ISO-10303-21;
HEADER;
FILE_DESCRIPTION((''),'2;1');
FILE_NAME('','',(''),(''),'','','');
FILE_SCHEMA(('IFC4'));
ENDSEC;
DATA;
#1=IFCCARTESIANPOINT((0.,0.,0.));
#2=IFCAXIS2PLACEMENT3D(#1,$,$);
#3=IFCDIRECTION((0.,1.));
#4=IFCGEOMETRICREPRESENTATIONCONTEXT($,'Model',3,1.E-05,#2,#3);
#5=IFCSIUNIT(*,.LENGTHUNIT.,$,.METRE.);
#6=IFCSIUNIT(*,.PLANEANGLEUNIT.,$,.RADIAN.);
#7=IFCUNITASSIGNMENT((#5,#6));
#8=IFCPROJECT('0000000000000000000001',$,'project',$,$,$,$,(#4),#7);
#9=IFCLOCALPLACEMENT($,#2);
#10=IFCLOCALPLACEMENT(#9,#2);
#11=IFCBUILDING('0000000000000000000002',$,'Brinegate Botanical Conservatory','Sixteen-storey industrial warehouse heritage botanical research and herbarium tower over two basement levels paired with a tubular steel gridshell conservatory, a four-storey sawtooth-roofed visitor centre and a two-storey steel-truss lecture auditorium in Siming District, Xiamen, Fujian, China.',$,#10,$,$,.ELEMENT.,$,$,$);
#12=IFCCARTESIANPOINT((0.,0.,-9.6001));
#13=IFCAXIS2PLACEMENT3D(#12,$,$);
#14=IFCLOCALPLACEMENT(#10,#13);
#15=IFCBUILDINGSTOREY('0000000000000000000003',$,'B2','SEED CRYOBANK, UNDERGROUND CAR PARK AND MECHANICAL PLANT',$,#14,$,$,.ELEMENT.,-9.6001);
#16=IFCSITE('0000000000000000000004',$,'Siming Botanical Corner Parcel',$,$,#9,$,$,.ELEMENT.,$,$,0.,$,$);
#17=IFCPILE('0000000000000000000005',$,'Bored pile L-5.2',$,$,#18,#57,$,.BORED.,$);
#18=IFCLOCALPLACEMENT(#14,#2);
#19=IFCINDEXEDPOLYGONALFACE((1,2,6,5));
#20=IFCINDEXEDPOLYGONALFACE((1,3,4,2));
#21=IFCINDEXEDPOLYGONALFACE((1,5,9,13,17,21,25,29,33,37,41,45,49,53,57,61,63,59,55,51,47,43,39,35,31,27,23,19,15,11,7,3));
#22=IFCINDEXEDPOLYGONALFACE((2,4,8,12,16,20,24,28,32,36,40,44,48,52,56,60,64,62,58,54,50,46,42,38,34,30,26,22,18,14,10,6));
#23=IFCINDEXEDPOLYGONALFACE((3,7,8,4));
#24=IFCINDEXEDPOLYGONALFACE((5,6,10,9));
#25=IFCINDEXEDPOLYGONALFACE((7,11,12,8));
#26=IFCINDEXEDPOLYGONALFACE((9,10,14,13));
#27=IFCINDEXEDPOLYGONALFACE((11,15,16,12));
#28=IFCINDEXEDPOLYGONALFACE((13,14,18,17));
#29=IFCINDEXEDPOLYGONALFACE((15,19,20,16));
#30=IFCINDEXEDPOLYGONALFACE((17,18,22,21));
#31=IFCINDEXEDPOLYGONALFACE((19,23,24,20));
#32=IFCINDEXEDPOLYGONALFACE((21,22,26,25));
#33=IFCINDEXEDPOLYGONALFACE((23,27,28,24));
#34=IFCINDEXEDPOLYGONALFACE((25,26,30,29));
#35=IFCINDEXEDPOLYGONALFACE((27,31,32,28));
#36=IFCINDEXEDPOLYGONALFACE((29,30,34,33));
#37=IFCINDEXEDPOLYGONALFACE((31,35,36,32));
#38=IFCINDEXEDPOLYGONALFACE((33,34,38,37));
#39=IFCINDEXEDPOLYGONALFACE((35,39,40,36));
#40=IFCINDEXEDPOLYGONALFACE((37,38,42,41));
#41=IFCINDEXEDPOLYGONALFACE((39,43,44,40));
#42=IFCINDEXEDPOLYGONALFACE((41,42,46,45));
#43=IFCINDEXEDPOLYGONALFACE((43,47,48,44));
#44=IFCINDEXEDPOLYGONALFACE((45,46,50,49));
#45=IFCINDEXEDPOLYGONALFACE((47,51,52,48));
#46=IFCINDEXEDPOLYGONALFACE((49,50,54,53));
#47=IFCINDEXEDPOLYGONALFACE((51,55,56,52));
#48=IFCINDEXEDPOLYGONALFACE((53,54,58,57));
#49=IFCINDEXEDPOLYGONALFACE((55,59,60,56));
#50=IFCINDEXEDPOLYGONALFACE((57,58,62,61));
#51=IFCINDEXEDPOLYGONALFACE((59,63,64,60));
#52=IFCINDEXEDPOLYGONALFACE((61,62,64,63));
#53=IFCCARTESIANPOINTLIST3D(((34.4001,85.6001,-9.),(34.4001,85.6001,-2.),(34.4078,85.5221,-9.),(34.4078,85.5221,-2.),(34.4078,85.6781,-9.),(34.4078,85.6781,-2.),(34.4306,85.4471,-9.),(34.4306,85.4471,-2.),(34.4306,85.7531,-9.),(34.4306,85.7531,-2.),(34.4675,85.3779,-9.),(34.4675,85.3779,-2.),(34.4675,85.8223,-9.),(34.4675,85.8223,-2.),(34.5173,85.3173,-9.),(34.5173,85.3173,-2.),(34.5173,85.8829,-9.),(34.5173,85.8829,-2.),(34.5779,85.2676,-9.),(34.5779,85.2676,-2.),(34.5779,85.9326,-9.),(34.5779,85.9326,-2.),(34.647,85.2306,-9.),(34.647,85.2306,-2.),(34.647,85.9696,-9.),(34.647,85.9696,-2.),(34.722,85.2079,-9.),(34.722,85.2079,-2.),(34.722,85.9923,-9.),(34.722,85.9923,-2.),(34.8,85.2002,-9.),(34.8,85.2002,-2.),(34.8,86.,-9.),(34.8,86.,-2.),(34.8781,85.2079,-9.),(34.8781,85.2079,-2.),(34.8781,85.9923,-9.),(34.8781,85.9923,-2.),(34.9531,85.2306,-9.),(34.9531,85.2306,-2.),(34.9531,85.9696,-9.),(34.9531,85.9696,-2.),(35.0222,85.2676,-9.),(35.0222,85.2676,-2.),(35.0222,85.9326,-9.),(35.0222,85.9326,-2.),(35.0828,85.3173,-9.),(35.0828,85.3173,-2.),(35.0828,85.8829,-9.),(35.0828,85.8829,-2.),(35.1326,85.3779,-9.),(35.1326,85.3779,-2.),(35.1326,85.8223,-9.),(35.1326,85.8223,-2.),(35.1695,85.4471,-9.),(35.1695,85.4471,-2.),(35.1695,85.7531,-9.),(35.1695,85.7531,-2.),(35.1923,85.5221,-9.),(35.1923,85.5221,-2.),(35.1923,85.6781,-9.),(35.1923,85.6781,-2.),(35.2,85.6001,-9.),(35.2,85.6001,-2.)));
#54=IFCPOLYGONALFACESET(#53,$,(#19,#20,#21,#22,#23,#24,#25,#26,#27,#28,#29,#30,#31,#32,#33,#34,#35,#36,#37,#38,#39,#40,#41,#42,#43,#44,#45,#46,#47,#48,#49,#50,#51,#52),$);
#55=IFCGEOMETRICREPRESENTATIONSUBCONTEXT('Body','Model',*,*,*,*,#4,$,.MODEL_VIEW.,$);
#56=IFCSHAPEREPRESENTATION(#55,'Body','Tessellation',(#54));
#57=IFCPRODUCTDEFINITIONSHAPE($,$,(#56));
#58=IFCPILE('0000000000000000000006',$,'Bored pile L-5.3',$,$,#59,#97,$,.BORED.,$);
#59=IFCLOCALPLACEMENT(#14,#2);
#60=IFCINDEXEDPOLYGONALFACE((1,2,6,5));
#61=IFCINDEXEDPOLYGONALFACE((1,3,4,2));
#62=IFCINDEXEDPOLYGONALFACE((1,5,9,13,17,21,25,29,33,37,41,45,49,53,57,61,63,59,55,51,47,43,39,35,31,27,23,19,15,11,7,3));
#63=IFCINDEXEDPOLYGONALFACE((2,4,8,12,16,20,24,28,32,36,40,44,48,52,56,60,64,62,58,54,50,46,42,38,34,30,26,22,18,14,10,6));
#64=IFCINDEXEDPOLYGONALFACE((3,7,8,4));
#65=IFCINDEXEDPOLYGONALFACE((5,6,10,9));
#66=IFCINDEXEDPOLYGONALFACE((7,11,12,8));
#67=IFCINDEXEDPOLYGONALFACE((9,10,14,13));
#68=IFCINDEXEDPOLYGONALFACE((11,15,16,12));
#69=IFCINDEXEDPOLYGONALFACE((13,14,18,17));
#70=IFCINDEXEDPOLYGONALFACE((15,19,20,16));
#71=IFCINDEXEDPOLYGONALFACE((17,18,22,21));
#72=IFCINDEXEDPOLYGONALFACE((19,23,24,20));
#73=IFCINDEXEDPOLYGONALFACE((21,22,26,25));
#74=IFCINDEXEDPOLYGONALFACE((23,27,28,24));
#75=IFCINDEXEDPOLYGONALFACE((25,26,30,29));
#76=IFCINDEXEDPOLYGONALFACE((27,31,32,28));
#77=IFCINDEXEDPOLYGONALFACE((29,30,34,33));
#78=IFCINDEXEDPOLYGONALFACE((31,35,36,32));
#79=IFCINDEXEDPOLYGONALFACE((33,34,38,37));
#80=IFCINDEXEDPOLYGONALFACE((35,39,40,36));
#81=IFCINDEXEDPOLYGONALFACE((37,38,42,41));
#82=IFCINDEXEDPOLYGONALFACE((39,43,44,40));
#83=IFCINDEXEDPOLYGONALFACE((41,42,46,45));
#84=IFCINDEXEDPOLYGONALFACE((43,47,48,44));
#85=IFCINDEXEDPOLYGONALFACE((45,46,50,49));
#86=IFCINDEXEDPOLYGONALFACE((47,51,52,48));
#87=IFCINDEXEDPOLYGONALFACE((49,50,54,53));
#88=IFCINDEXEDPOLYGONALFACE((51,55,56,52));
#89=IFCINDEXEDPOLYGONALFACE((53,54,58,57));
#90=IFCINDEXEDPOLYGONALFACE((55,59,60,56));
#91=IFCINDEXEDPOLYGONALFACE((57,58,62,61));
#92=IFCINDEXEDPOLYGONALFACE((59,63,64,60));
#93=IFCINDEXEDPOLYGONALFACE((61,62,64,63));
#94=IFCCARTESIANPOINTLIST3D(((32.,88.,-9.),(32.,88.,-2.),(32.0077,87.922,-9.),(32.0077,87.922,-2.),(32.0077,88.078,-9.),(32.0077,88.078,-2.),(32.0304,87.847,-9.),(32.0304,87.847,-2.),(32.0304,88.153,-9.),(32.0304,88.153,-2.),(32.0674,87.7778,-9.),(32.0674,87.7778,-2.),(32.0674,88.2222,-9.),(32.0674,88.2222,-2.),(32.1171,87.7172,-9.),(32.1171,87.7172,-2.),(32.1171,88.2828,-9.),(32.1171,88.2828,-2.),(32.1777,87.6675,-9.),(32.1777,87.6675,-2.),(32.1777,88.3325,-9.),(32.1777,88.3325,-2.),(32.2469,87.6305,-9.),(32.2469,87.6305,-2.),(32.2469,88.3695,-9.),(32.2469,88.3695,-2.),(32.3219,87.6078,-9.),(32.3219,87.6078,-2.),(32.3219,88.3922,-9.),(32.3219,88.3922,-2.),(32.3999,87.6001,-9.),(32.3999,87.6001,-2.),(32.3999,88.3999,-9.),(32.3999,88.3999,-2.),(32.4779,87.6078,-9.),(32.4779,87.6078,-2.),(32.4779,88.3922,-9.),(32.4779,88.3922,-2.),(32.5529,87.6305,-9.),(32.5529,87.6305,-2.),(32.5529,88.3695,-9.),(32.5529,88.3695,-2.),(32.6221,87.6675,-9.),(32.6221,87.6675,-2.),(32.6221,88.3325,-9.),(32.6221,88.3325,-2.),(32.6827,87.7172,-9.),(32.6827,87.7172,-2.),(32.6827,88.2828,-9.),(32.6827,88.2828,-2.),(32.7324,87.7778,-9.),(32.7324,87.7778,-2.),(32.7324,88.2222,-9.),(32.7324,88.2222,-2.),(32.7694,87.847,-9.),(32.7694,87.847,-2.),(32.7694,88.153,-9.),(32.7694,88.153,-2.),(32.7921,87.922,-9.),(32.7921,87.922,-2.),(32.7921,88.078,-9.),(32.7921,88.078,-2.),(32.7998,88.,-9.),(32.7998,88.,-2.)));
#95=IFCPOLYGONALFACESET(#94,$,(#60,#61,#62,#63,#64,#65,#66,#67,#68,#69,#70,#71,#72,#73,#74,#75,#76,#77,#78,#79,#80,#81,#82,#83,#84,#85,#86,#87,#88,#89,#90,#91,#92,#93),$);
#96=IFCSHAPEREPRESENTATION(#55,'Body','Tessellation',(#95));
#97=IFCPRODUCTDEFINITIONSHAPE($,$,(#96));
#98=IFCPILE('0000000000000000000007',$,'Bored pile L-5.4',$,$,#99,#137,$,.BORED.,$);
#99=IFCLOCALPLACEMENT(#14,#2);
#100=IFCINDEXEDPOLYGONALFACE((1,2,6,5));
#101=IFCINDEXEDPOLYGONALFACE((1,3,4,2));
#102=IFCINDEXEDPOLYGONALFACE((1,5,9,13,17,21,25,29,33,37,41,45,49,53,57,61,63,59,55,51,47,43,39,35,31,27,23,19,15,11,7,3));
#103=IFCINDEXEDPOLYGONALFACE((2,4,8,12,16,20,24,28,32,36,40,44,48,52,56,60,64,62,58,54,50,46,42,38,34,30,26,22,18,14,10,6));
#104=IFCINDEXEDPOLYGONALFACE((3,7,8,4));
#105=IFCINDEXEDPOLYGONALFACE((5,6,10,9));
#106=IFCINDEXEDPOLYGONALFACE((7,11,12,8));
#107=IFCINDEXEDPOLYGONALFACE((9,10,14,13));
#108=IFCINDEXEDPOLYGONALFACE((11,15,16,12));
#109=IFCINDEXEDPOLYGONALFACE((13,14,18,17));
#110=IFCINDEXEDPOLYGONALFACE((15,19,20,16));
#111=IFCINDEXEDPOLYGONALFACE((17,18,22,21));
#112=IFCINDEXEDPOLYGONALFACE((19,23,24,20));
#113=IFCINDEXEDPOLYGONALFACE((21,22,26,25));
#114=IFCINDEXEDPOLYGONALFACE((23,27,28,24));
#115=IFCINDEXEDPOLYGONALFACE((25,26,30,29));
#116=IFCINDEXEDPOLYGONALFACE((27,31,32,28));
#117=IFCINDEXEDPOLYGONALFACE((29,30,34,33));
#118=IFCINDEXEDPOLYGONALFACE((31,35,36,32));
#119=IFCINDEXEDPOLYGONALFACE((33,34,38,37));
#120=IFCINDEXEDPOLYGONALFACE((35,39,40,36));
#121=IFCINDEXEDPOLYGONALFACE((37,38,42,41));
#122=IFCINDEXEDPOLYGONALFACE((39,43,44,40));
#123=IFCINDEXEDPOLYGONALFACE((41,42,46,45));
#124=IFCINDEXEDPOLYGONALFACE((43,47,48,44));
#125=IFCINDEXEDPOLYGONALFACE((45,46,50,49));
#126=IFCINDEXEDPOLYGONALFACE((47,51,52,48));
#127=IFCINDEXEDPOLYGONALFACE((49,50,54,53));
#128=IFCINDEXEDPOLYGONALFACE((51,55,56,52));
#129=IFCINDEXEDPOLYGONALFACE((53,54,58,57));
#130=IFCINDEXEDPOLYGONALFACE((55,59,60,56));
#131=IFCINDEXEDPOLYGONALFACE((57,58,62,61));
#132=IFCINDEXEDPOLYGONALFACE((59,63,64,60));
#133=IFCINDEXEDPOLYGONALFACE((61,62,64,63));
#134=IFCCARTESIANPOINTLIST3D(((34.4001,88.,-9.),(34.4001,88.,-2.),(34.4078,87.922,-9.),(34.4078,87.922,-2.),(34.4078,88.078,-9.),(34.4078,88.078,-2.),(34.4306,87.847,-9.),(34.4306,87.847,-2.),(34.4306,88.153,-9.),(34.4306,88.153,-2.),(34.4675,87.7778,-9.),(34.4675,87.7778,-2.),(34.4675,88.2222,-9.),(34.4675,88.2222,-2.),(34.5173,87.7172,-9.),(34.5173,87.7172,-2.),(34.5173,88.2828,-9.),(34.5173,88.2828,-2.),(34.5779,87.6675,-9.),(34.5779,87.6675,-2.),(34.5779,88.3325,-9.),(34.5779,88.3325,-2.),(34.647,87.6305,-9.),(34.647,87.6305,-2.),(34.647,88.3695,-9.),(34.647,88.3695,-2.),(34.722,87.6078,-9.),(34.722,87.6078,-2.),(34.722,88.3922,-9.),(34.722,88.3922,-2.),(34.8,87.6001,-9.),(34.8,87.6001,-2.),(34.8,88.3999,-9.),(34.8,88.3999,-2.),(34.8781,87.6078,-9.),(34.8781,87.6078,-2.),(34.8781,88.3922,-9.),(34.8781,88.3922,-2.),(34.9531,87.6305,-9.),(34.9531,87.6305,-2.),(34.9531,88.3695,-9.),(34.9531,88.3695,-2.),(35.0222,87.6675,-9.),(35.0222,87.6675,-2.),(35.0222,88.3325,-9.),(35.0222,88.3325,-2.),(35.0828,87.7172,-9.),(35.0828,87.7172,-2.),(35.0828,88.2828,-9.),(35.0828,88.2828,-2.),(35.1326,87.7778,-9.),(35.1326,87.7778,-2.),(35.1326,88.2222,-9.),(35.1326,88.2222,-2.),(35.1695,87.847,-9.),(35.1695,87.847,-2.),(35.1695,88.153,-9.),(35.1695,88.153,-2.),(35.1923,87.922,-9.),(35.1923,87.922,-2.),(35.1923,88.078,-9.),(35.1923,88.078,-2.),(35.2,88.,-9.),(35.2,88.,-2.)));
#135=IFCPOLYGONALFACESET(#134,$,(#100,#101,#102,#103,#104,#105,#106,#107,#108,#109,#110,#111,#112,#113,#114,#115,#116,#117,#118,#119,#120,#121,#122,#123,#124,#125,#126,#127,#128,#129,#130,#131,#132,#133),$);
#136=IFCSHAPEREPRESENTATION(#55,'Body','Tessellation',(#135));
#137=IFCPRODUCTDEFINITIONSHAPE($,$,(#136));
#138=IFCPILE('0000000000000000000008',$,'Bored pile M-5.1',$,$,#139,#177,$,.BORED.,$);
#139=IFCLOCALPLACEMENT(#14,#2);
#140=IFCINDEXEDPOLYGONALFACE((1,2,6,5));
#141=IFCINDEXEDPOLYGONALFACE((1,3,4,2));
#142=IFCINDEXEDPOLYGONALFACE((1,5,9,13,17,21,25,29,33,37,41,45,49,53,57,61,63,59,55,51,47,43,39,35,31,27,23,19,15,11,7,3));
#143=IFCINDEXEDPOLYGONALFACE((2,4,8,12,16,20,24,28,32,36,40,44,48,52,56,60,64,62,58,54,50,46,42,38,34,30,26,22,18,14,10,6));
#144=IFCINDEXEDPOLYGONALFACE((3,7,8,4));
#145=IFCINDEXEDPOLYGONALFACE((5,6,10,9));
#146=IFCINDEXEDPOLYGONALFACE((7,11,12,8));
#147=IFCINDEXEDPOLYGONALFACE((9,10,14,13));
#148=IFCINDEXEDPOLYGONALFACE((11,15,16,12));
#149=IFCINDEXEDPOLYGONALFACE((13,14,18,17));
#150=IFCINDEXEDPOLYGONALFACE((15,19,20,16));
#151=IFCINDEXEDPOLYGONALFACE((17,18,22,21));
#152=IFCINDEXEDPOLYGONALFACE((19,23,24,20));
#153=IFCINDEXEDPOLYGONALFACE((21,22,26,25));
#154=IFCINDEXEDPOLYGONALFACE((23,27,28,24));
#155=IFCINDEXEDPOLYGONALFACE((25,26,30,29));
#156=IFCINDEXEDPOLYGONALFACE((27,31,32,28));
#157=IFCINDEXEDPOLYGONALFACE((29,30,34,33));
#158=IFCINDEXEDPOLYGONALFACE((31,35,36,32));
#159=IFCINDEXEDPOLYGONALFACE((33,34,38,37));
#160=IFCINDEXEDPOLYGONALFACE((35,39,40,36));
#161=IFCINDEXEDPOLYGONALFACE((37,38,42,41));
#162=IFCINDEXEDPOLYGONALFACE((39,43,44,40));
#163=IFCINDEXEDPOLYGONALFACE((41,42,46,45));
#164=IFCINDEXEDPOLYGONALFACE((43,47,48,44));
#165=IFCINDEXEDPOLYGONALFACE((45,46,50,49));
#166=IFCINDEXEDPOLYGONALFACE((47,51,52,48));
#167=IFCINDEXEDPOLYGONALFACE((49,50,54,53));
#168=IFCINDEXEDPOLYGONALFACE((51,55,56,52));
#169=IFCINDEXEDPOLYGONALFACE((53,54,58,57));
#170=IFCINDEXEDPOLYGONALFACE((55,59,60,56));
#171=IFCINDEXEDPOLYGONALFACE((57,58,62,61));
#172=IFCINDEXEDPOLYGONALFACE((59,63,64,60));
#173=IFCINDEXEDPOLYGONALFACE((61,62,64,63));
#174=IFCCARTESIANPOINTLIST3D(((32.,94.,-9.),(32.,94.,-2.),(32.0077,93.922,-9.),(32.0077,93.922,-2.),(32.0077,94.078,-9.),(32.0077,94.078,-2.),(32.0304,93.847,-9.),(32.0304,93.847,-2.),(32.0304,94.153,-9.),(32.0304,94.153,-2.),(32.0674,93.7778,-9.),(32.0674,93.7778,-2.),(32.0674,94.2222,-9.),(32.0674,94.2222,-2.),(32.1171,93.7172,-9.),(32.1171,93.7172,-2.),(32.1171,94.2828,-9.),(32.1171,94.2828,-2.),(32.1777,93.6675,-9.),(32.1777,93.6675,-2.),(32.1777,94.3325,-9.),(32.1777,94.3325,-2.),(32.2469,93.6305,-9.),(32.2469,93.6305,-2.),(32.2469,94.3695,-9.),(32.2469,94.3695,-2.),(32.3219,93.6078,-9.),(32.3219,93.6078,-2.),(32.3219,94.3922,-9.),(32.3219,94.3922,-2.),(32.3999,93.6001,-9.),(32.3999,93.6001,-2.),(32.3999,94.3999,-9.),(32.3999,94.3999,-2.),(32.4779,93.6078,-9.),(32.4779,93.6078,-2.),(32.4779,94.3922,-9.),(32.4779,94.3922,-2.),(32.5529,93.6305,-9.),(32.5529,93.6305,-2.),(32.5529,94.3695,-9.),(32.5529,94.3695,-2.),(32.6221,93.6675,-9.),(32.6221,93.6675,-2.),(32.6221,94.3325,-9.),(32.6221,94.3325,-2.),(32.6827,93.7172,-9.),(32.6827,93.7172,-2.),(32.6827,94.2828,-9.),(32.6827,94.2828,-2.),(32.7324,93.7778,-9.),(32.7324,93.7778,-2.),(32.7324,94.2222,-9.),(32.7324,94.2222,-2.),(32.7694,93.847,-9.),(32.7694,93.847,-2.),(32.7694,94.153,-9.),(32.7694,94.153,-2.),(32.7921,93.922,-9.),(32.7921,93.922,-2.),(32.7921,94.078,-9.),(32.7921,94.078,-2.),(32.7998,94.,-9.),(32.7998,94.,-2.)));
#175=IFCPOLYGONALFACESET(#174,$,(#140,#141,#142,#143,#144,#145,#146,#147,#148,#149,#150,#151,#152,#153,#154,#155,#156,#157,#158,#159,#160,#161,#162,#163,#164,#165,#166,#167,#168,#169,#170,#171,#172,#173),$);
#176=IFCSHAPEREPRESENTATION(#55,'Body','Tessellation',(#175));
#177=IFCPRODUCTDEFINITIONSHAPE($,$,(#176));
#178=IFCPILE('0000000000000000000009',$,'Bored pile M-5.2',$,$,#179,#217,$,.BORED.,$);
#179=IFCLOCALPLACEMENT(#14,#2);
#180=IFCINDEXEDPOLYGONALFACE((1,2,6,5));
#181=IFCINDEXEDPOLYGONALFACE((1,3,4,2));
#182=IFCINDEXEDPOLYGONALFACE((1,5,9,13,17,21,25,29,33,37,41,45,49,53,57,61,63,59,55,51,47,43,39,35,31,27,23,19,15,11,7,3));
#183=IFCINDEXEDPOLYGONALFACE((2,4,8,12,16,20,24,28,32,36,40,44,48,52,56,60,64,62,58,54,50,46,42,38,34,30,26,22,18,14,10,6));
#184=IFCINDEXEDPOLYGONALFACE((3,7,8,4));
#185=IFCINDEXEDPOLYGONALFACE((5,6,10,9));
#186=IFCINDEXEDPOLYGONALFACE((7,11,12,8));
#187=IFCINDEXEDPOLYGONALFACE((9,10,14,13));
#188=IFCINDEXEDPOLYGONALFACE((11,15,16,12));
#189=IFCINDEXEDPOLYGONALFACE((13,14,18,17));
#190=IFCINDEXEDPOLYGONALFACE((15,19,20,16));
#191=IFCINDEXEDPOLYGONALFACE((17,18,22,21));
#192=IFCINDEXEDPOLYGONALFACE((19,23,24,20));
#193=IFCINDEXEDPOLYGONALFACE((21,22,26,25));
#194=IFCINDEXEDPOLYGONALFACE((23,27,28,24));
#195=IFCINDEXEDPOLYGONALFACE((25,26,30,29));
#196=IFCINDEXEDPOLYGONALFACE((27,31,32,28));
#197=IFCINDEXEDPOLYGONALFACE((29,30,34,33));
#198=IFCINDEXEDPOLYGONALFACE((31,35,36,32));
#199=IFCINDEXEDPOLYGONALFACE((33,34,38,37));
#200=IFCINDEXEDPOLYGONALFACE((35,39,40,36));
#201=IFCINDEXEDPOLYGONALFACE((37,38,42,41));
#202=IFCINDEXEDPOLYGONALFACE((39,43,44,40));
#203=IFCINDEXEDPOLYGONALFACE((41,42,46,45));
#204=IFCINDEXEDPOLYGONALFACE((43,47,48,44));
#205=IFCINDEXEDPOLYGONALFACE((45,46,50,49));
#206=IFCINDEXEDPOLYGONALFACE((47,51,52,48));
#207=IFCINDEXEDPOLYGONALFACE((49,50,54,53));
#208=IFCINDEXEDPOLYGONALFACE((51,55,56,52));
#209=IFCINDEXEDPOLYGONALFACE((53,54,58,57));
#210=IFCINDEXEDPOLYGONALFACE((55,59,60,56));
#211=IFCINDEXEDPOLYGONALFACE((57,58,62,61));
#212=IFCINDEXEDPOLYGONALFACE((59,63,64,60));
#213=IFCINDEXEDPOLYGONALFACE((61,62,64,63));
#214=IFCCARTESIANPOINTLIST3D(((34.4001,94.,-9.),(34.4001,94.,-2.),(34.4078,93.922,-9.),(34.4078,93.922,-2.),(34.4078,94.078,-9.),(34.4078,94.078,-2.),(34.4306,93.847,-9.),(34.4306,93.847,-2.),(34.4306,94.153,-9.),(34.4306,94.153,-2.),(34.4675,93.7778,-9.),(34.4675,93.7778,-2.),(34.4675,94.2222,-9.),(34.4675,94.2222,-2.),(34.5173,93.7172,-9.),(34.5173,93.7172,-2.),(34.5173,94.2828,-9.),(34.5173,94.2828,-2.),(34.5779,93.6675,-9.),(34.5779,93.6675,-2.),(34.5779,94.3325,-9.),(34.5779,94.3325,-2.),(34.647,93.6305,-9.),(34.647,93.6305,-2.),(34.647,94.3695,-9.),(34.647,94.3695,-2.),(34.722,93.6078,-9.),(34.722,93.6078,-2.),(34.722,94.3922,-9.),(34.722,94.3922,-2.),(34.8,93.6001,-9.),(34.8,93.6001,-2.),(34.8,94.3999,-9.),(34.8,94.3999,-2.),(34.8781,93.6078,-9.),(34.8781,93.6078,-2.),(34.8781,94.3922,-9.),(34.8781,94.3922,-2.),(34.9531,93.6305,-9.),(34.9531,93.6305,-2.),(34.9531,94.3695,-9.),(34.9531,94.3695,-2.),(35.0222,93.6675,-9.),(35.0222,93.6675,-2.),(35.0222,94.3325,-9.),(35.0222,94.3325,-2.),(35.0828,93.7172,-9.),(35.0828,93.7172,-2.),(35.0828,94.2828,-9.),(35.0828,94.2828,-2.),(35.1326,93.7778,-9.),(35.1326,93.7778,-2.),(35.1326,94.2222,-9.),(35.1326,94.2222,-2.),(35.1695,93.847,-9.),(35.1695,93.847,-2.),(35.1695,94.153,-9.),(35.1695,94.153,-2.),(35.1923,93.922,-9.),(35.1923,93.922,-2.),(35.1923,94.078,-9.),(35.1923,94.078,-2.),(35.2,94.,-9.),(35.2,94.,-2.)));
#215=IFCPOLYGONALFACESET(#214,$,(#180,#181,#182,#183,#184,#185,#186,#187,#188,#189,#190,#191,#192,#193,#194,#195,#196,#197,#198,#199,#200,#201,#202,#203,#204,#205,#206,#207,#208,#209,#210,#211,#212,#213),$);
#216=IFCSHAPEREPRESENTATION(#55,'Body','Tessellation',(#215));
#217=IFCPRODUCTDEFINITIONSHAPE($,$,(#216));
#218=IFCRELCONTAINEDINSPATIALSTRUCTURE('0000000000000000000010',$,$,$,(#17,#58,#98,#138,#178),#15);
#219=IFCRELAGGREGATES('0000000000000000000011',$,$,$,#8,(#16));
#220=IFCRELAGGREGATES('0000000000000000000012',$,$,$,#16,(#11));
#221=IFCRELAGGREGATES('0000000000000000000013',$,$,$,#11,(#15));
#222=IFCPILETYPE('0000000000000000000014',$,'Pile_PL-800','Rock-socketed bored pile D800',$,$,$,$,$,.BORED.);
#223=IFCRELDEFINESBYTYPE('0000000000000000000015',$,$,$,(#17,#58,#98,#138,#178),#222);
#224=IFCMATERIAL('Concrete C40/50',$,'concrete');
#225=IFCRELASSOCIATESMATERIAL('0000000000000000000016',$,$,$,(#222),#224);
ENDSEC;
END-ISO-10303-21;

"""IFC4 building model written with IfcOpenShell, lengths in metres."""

from ifc_helpers import new_model, si_unit, direction, frame, origin, origin_2d, place, context, subcontext, project, spatial, circle, extrude, material, material_profile, profile_set, type_object, element, save


model = new_model("IFC4")

# Units and contexts
model_context = context("Model", 3, precision=1e-05, world=origin(), true_north=direction((0.0, 1.0)))
body_context = subcontext(model_context, "Body", "Model", "MODEL_VIEW")
ifc_project = project(units=[si_unit("LENGTHUNIT", "METRE"), si_unit("PLANEANGLEUNIT", "RADIAN")], contexts=[model_context])

# Site, building, storey
site_placement = place(None, origin())
site = spatial("IfcSite", under=ifc_project, at=site_placement, Name="Siming Botanical Corner Parcel", CompositionType="ELEMENT", RefElevation=0.0)
building_placement = place(site_placement, origin())
building = spatial("IfcBuilding", under=site, at=building_placement, Name="Brinegate Botanical Conservatory", Description="Sixteen-storey industrial warehouse heritage botanical research and herbarium tower over two basement levels paired with a tubular steel gridshell conservatory, a four-storey sawtooth-roofed visitor centre and a two-storey steel-truss lecture auditorium in Siming District, Xiamen, Fujian, China.", CompositionType="ELEMENT")
storey_placement = place(building_placement, frame((0.0, 0.0, -9.6001)))
storey = spatial("IfcBuildingStorey", under=building, at=storey_placement, Name="B2", Description="SEED CRYOBANK, UNDERGROUND CAR PARK AND MECHANICAL PLANT", CompositionType="ELEMENT", Elevation=-9.6001)

# Shared definitions
ifc_material = material(Name="Concrete C40/50", Category="concrete")

# Piles
ifc_material_profile_1 = material_profile(ifc_material, circle(Radius=0.3999, at=origin_2d()), Name="PILE D800")
ifc_profile_set_1 = profile_set([ifc_material_profile_1], Name="Concrete C40/50")
pile_type = type_object("IfcPileType", Name="Pile_PL-800", Description="Rock-socketed bored pile D800", PredefinedType="BORED", material=ifc_profile_set_1)
for number, where, z_axis, x_axis, name in (
    (1, (34.8, 85.6001, -2.0), (0.0, 0.0, -1.0), (1.0, 0.0, 0.0), "Bored pile L-5.2"),
    (2, (32.3999, 88.0, -2.0), (0.0, 0.0, -1.0), (1.0, 0.0, 0.0), "Bored pile L-5.3"),
    (3, (34.8, 88.0, -2.0), (0.0, 0.0, -1.0), (1.0, 0.0, 0.0), "Bored pile L-5.4"),
    (4, (32.3999, 94.0, -2.0), (0.0, 0.0, -1.0), (1.0, 0.0, 0.0), "Bored pile M-5.1"),
    (5, (34.8, 94.0, -2.0), (0.0, 0.0, -1.0), (1.0, 0.0, 0.0), "Bored pile M-5.2"),
):
    element("IfcPile", number, at=place(storey_placement, frame(where, z_axis=z_axis, x_axis=x_axis)), inside=storey, type_object=pile_type, Name=name, PredefinedType="BORED", context=body_context, shape_type="SweptSolid", body=[
        extrude(circle(Radius=0.3999, at=origin_2d()), origin(), (0.0, 0.0, 1.0), 7.0),
    ])

save(model, "model.ifc")
